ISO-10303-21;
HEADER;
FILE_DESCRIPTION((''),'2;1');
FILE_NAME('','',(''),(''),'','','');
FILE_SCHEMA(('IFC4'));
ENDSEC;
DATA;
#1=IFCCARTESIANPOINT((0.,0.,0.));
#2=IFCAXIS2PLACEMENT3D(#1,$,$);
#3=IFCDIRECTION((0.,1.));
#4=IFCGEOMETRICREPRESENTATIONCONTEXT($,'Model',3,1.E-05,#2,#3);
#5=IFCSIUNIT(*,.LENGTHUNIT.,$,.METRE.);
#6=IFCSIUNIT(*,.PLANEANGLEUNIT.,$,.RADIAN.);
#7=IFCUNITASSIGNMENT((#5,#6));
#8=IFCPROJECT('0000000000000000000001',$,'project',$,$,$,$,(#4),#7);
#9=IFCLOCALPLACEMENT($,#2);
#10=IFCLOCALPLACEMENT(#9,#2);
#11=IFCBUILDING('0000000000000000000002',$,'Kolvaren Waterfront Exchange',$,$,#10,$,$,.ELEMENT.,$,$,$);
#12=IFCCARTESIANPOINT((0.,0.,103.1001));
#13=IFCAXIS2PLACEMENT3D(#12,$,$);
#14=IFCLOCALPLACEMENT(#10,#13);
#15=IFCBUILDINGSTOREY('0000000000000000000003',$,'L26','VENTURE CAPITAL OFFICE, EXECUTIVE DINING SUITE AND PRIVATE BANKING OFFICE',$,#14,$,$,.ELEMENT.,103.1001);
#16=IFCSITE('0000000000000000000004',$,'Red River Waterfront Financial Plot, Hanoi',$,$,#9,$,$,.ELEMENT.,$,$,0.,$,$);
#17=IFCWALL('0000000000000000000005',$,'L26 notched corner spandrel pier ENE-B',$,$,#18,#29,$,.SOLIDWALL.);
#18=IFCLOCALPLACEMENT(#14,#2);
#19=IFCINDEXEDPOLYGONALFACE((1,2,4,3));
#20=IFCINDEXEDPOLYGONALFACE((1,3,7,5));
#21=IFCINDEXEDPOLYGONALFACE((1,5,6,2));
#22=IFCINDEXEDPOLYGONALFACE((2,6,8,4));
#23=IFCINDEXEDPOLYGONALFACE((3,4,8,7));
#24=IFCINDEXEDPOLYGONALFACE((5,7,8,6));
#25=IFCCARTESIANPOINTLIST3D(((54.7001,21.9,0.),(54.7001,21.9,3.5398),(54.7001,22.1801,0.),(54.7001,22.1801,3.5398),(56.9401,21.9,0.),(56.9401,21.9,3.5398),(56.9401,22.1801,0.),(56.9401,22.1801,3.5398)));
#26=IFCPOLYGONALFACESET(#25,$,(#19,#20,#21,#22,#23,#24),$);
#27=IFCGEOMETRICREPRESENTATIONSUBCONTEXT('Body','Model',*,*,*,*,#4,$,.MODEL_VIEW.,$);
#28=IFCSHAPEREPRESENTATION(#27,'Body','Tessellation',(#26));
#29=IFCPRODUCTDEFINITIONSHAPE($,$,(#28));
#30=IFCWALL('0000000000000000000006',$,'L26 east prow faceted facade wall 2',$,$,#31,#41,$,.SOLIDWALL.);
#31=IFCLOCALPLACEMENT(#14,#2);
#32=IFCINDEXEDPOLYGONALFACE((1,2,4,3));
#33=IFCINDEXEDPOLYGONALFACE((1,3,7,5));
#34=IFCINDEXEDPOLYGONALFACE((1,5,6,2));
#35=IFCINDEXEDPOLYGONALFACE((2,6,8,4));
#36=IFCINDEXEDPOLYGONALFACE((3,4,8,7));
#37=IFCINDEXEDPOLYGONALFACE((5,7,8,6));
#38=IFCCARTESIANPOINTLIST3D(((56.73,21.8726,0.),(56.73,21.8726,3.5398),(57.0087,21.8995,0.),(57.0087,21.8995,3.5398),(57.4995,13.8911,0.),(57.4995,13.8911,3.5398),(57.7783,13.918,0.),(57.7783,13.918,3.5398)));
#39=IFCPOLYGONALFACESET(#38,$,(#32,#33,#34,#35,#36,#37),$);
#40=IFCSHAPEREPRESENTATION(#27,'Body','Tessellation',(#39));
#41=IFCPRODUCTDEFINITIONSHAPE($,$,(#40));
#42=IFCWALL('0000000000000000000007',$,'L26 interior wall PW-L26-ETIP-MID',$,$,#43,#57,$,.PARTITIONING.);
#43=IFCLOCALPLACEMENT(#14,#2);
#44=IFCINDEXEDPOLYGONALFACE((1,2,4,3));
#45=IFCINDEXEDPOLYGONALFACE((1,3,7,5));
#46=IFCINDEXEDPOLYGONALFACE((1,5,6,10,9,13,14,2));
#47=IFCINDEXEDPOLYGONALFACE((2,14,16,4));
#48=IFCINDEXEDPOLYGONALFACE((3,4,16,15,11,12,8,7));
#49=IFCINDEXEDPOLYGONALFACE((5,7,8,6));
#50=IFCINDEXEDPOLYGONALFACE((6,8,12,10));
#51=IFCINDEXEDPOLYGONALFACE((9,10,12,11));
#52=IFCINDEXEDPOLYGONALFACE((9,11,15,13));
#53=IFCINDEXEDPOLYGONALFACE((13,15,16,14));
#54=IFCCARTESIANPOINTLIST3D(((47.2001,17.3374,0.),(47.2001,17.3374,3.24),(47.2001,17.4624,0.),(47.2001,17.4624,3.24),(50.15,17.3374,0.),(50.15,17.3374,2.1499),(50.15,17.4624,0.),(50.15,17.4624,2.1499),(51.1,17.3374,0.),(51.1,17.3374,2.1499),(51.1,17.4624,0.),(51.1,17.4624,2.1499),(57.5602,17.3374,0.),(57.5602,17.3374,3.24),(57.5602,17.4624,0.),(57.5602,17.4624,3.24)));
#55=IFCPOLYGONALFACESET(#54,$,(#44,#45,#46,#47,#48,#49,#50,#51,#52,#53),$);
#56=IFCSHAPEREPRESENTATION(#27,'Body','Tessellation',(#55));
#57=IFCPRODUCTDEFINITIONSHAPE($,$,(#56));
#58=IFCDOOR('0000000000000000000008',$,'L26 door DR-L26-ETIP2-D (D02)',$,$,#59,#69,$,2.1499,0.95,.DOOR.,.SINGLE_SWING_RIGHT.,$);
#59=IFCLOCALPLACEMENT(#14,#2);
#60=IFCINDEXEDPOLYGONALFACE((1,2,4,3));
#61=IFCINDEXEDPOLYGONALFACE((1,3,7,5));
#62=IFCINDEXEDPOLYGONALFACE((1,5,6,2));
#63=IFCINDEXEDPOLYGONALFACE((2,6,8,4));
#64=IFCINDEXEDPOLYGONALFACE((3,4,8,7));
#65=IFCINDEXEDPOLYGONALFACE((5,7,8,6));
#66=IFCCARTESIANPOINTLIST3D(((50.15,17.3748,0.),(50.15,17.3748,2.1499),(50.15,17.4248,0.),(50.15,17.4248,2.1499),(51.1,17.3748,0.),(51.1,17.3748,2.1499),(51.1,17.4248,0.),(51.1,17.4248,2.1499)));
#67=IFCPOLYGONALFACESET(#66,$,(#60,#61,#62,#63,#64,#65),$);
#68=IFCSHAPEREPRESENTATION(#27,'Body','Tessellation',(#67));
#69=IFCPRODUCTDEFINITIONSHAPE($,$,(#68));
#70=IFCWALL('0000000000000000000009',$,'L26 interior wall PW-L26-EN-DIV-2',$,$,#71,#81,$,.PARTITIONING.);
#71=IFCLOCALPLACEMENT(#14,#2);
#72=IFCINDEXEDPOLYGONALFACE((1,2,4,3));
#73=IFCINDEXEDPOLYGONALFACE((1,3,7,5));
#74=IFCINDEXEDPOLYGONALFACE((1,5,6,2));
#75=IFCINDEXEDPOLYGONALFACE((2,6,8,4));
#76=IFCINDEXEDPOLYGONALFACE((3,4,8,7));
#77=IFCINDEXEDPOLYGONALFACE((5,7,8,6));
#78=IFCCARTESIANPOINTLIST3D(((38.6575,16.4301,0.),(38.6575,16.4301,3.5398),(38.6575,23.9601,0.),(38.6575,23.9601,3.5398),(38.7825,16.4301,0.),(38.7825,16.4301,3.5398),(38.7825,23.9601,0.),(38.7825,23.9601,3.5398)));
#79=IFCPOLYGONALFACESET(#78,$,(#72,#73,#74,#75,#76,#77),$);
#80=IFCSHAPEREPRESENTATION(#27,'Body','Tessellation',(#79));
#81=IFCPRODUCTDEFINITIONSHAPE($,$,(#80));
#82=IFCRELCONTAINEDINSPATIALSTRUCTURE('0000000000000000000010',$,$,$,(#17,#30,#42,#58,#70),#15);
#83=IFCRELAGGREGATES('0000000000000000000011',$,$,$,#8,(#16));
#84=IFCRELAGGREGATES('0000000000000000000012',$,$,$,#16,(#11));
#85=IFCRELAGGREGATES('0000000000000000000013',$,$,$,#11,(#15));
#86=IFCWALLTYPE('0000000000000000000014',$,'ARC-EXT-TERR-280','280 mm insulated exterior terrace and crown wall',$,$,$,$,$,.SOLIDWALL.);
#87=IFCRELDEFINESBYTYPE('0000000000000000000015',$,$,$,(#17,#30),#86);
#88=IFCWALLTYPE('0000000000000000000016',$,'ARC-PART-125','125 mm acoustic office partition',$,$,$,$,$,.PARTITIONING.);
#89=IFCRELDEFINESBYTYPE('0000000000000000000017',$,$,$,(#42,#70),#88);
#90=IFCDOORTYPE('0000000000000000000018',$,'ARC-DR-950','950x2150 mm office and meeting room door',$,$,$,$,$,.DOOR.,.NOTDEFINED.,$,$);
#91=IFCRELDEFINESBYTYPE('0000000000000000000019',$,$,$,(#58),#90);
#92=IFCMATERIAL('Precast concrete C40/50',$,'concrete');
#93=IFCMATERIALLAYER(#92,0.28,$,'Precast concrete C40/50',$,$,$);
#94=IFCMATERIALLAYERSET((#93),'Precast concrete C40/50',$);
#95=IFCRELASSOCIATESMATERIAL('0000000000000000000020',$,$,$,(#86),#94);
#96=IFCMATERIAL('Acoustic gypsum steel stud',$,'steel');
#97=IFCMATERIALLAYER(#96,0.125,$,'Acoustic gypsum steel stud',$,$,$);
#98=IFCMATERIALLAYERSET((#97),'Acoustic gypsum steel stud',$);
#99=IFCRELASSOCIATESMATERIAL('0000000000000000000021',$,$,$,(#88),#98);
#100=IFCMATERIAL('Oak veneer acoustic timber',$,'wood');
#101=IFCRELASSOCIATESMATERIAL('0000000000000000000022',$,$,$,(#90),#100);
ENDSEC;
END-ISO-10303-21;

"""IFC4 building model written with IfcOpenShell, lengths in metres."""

from ifc_helpers import new_model, si_unit, direction, frame, frame_2d, origin, place, context, subcontext, project, spatial, rectangle, extrude, material, layer, layer_set, type_object, element, fill, save


model = new_model("IFC4")

# Units and contexts
model_context = context("Model", 3, precision=1e-05, world=origin(), true_north=direction((0.0, 1.0)))
body_context = subcontext(model_context, "Body", "Model", "MODEL_VIEW")
ifc_project = project(units=[si_unit("LENGTHUNIT", "METRE"), si_unit("PLANEANGLEUNIT", "RADIAN")], contexts=[model_context])

# Site, building, storey
site_placement = place(None, origin())
site = spatial("IfcSite", under=ifc_project, at=site_placement, Name="Red River Waterfront Financial Plot, Hanoi", CompositionType="ELEMENT", RefElevation=0.0)
building_placement = place(site_placement, origin())
building = spatial("IfcBuilding", under=site, at=building_placement, Name="Kolvaren Waterfront Exchange", CompositionType="ELEMENT")
storey_placement = place(building_placement, frame((0.0, 0.0, 103.1001)))
storey = spatial("IfcBuildingStorey", under=building, at=storey_placement, Name="L26", Description="VENTURE CAPITAL OFFICE, EXECUTIVE DINING SUITE AND PRIVATE BANKING OFFICE", CompositionType="ELEMENT", Elevation=103.1001)

# Walls
ifc_material_1 = material(Name="Precast concrete C40/50", Category="concrete")
ifc_layer_1 = layer(ifc_material_1, 0.28, Name="Precast concrete C40/50")
ifc_layer_set_1 = layer_set([ifc_layer_1], Name="Precast concrete C40/50")
wall_type_1 = type_object("IfcWallType", Name="ARC-EXT-TERR-280", Description="280 mm insulated exterior terrace and crown wall", PredefinedType="SOLIDWALL", material=ifc_layer_set_1)
wall_1_placement = place(storey_placement, frame((54.7, 22.04, 0.0), z_axis=(0.0, 0.0, 1.0), x_axis=(1.0, 0.0, 0.0)))
element("IfcWall", 1, at=wall_1_placement, inside=storey, type_object=wall_type_1, Name="L26 notched corner spandrel pier ENE-B", PredefinedType="SOLIDWALL", context=body_context, shape_type="SweptSolid", body=[
    extrude(rectangle(XDim=2.24, YDim=0.28, at=frame_2d((1.1201, 0.0))), origin(), (0.0, 0.0, 1.0), 3.5398),
])
wall_2_placement = place(storey_placement, frame((57.6389, 13.9045, 0.0), z_axis=(0.0, 0.0, 1.0), x_axis=(-0.09597, 0.995384, 0.0)))
element("IfcWall", 2, at=wall_2_placement, inside=storey, type_object=wall_type_1, Name="L26 east prow faceted facade wall 2", PredefinedType="SOLIDWALL", context=body_context, shape_type="SweptSolid", body=[
    extrude(rectangle(XDim=8.0186, YDim=0.28, at=frame_2d((4.0093, 0.0))), origin(), (0.0, 0.0, 1.0), 3.5398),
])

# Wall, opening, door
ifc_material_2 = material(Name="Acoustic gypsum steel stud", Category="steel")
ifc_layer_2 = layer(ifc_material_2, 0.125, Name="Acoustic gypsum steel stud")
ifc_layer_set_2 = layer_set([ifc_layer_2], Name="Acoustic gypsum steel stud")
wall_type_2 = type_object("IfcWallType", Name="ARC-PART-125", Description="125 mm acoustic office partition", PredefinedType="PARTITIONING", material=ifc_layer_set_2)
wall_3_placement = place(storey_placement, frame((47.2, 17.3999, 0.0), z_axis=(0.0, 0.0, 1.0), x_axis=(1.0, 0.0, 0.0)))
wall_3 = element("IfcWall", 3, at=wall_3_placement, inside=storey, type_object=wall_type_2, Name="L26 interior wall PW-L26-ETIP-MID", PredefinedType="PARTITIONING", context=body_context, shape_type="SweptSolid", body=[
    extrude(rectangle(XDim=10.3601, YDim=0.125, at=frame_2d((5.1802, 0.0))), origin(), (0.0, 0.0, 1.0), 3.24),
])
opening_placement = place(wall_3_placement, frame((2.95, 0.0, 0.0)))
opening = element("IfcOpeningElement", 4, at=opening_placement, cuts=wall_3, PredefinedType="OPENING", context=body_context, shape_type="SweptSolid", body=[
    extrude(rectangle(XDim=0.95, YDim=2.1499, at=frame_2d((0.4751, 1.075))), frame((0.0, 0.0725, 0.0), z_axis=(0.0, -1.0, 0.0), x_axis=(1.0, 0.0, 0.0)), (0.0, 0.0, 1.0), 0.145),
])
ifc_material_3 = material(Name="Oak veneer acoustic timber", Category="wood")
door_type = type_object("IfcDoorType", Name="ARC-DR-950", Description="950x2150 mm office and meeting room door", OperationType="NOTDEFINED", PredefinedType="DOOR", material=ifc_material_3)
door_placement = place(opening_placement, origin())
door = element("IfcDoor", 5, at=door_placement, inside=storey, type_object=door_type, Name="L26 door DR-L26-ETIP2-D (D02)", OperationType="SINGLE_SWING_RIGHT", OverallHeight=2.1499, OverallWidth=0.95, PredefinedType="DOOR", context=body_context, shape_type="SweptSolid", body=[
    extrude(rectangle(XDim=0.95, YDim=2.1499, at=frame_2d((0.4751, 1.075))), frame((0.0, 0.0249, 0.0), z_axis=(0.0, -1.0, 0.0), x_axis=(1.0, 0.0, 0.0)), (0.0, 0.0, 1.0), 0.05),
])
fill(opening, door)

# Wall
wall_4_placement = place(storey_placement, frame((38.72, 16.4299, 0.0), z_axis=(0.0, 0.0, 1.0), x_axis=(0.0, 1.0, 0.0)))
element("IfcWall", 6, at=wall_4_placement, inside=storey, type_object=wall_type_2, Name="L26 interior wall PW-L26-EN-DIV-2", PredefinedType="PARTITIONING", context=body_context, shape_type="SweptSolid", body=[
    extrude(rectangle(XDim=7.53, YDim=0.125, at=frame_2d((3.7651, 0.0))), origin(), (0.0, 0.0, 1.0), 3.5398),
])

save(model, "model.ifc")
